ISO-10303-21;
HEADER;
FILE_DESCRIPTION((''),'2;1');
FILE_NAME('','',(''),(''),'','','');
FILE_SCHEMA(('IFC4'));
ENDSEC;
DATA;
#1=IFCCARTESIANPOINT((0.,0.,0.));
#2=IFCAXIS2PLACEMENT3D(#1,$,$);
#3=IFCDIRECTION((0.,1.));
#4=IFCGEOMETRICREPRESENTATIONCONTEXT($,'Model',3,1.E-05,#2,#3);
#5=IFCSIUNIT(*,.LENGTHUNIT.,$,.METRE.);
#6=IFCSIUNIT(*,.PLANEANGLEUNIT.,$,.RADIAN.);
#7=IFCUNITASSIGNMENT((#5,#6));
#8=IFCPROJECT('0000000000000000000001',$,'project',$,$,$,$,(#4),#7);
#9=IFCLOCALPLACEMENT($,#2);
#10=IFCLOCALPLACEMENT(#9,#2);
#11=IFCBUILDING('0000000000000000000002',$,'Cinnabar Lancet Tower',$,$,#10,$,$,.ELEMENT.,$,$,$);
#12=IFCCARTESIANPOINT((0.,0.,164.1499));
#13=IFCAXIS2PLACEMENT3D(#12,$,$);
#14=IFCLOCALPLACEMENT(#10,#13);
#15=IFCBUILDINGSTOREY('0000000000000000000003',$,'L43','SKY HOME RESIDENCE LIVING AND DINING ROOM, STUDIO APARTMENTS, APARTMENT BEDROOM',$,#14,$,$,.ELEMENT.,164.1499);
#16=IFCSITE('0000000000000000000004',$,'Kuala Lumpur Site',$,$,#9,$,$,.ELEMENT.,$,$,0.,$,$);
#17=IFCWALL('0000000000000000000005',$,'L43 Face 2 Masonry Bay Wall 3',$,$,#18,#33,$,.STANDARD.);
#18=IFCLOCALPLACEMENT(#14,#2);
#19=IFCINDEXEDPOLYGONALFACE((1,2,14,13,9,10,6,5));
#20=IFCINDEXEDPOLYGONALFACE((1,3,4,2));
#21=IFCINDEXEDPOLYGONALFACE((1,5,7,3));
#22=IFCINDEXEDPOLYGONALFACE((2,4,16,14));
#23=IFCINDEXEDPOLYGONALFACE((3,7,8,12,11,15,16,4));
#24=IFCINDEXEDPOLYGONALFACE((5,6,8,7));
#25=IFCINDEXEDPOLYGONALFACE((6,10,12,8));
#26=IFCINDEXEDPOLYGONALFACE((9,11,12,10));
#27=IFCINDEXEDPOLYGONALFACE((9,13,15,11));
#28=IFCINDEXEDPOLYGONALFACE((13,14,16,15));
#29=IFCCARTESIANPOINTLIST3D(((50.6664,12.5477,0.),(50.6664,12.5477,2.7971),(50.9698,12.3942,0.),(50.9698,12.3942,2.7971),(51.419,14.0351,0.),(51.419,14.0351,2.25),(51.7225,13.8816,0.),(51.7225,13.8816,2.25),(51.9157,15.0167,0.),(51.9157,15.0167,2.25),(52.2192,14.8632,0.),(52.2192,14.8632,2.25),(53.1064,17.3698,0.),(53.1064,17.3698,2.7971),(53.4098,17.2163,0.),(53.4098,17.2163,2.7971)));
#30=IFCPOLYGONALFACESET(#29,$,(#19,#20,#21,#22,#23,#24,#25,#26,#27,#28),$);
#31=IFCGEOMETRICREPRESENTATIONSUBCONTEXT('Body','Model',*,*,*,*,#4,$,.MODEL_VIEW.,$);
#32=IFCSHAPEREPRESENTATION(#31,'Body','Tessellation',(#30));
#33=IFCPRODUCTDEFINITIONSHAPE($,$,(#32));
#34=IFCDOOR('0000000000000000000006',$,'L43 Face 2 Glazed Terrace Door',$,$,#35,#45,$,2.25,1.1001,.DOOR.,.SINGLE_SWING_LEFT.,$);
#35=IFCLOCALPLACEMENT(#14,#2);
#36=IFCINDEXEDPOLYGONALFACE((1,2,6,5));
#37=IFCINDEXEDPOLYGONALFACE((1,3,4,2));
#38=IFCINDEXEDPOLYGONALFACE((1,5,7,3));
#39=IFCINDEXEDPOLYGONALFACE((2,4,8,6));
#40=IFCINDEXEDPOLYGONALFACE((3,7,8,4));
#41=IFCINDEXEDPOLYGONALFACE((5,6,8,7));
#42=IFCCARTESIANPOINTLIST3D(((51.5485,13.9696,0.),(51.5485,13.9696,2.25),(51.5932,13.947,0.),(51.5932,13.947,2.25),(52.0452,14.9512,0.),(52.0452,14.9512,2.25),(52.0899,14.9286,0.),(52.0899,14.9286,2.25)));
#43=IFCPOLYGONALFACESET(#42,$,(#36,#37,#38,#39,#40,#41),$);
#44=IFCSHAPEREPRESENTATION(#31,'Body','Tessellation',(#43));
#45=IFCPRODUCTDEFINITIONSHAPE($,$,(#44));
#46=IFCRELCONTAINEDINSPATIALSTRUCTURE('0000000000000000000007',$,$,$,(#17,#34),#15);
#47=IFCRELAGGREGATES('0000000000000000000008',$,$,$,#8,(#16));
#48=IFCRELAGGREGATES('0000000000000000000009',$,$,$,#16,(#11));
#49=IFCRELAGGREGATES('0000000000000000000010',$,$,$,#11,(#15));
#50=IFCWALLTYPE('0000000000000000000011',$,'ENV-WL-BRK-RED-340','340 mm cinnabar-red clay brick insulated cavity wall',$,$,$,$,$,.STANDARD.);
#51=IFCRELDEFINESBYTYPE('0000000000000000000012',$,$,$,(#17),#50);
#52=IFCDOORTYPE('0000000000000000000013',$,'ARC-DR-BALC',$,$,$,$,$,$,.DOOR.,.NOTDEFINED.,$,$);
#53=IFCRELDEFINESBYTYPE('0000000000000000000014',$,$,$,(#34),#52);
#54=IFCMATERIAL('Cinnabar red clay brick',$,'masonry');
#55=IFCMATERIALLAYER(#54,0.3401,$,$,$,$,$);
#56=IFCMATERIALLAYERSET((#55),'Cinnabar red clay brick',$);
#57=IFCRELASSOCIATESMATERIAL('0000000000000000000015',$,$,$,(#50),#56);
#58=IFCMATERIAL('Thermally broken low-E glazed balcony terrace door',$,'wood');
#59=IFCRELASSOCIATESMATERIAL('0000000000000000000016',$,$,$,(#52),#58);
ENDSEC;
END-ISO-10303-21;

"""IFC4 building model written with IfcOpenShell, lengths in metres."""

from ifc_helpers import new_model, si_unit, direction, frame, frame_2d, origin, place, context, subcontext, project, spatial, rectangle, extrude, material, layer, layer_set, type_object, element, fill, save


model = new_model("IFC4")

# Units and contexts
model_context = context("Model", 3, precision=1e-05, world=origin(), true_north=direction((0.0, 1.0)))
body_context = subcontext(model_context, "Body", "Model", "MODEL_VIEW")
ifc_project = project(units=[si_unit("LENGTHUNIT", "METRE"), si_unit("PLANEANGLEUNIT", "RADIAN")], contexts=[model_context])

# Site, building, storey
site_placement = place(None, origin())
site = spatial("IfcSite", under=ifc_project, at=site_placement, Name="Kuala Lumpur Site", CompositionType="ELEMENT", RefElevation=0.0)
building_placement = place(site_placement, origin())
building = spatial("IfcBuilding", under=site, at=building_placement, Name="Cinnabar Lancet Tower", CompositionType="ELEMENT")
storey_placement = place(building_placement, frame((0.0, 0.0, 164.1499)))
storey = spatial("IfcBuildingStorey", under=building, at=storey_placement, Name="L43", Description="SKY HOME RESIDENCE LIVING AND DINING ROOM, STUDIO APARTMENTS, APARTMENT BEDROOM", CompositionType="ELEMENT", Elevation=164.1499)

# Shared definitions
ifc_material_1 = material(Name="Cinnabar red clay brick", Category="masonry")
ifc_layer_1 = layer(ifc_material_1, 0.3401)
ifc_layer_set_1 = layer_set([ifc_layer_1], Name="Cinnabar red clay brick")
wall_type_1 = type_object("IfcWallType", Name="ENV-WL-BRK-RED-340", Description="340 mm cinnabar-red clay brick insulated cavity wall", PredefinedType="STANDARD", material=ifc_layer_set_1)

# Wall, opening, door
wall_1_placement = place(storey_placement, frame((50.8181, 12.4709, 0.0), z_axis=(0.0, 0.0, 1.0), x_axis=(0.451491, 0.892276, 0.0)))
wall_1 = element("IfcWall", 1, at=wall_1_placement, inside=storey, type_object=wall_type_1, Name="L43 Face 2 Masonry Bay Wall 3", PredefinedType="STANDARD", context=body_context, shape_type="SweptSolid", body=[
    extrude(rectangle(XDim=5.4043, YDim=0.3401, at=frame_2d((2.7021, 0.0))), origin(), (0.0, 0.0, 1.0), 2.7971),
])
opening_1_placement = place(wall_1_placement, frame((1.667, 0.0, 0.0)))
opening_1 = element("IfcOpeningElement", 2, at=opening_1_placement, cuts=wall_1, PredefinedType="OPENING", context=body_context, shape_type="SweptSolid", body=[
    extrude(rectangle(XDim=1.1001, YDim=2.25, at=frame_2d((0.55, 1.125))), frame((0.0, 0.1799, 0.0), z_axis=(0.0, -1.0, 0.0), x_axis=(1.0, 0.0, 0.0)), (0.0, 0.0, 1.0), 0.3601),
])
ifc_material_2 = material(Name="Thermally broken low-E glazed balcony terrace door", Category="wood")
door_type = type_object("IfcDoorType", Name="ARC-DR-BALC", OperationType="NOTDEFINED", PredefinedType="DOOR", material=ifc_material_2)
door_placement = place(opening_1_placement, origin())
door = element("IfcDoor", 3, at=door_placement, inside=storey, type_object=door_type, Name="L43 Face 2 Glazed Terrace Door", OperationType="SINGLE_SWING_LEFT", OverallHeight=2.25, OverallWidth=1.1001, PredefinedType="DOOR", context=body_context, shape_type="SweptSolid", body=[
    extrude(rectangle(XDim=1.1001, YDim=2.25, at=frame_2d((0.55, 1.125))), frame((0.0, 0.0249, 0.0), z_axis=(0.0, -1.0, 0.0), x_axis=(1.0, 0.0, 0.0)), (0.0, 0.0, 1.0), 0.05),
])
fill(opening_1, door)

save(model, "model.ifc")
